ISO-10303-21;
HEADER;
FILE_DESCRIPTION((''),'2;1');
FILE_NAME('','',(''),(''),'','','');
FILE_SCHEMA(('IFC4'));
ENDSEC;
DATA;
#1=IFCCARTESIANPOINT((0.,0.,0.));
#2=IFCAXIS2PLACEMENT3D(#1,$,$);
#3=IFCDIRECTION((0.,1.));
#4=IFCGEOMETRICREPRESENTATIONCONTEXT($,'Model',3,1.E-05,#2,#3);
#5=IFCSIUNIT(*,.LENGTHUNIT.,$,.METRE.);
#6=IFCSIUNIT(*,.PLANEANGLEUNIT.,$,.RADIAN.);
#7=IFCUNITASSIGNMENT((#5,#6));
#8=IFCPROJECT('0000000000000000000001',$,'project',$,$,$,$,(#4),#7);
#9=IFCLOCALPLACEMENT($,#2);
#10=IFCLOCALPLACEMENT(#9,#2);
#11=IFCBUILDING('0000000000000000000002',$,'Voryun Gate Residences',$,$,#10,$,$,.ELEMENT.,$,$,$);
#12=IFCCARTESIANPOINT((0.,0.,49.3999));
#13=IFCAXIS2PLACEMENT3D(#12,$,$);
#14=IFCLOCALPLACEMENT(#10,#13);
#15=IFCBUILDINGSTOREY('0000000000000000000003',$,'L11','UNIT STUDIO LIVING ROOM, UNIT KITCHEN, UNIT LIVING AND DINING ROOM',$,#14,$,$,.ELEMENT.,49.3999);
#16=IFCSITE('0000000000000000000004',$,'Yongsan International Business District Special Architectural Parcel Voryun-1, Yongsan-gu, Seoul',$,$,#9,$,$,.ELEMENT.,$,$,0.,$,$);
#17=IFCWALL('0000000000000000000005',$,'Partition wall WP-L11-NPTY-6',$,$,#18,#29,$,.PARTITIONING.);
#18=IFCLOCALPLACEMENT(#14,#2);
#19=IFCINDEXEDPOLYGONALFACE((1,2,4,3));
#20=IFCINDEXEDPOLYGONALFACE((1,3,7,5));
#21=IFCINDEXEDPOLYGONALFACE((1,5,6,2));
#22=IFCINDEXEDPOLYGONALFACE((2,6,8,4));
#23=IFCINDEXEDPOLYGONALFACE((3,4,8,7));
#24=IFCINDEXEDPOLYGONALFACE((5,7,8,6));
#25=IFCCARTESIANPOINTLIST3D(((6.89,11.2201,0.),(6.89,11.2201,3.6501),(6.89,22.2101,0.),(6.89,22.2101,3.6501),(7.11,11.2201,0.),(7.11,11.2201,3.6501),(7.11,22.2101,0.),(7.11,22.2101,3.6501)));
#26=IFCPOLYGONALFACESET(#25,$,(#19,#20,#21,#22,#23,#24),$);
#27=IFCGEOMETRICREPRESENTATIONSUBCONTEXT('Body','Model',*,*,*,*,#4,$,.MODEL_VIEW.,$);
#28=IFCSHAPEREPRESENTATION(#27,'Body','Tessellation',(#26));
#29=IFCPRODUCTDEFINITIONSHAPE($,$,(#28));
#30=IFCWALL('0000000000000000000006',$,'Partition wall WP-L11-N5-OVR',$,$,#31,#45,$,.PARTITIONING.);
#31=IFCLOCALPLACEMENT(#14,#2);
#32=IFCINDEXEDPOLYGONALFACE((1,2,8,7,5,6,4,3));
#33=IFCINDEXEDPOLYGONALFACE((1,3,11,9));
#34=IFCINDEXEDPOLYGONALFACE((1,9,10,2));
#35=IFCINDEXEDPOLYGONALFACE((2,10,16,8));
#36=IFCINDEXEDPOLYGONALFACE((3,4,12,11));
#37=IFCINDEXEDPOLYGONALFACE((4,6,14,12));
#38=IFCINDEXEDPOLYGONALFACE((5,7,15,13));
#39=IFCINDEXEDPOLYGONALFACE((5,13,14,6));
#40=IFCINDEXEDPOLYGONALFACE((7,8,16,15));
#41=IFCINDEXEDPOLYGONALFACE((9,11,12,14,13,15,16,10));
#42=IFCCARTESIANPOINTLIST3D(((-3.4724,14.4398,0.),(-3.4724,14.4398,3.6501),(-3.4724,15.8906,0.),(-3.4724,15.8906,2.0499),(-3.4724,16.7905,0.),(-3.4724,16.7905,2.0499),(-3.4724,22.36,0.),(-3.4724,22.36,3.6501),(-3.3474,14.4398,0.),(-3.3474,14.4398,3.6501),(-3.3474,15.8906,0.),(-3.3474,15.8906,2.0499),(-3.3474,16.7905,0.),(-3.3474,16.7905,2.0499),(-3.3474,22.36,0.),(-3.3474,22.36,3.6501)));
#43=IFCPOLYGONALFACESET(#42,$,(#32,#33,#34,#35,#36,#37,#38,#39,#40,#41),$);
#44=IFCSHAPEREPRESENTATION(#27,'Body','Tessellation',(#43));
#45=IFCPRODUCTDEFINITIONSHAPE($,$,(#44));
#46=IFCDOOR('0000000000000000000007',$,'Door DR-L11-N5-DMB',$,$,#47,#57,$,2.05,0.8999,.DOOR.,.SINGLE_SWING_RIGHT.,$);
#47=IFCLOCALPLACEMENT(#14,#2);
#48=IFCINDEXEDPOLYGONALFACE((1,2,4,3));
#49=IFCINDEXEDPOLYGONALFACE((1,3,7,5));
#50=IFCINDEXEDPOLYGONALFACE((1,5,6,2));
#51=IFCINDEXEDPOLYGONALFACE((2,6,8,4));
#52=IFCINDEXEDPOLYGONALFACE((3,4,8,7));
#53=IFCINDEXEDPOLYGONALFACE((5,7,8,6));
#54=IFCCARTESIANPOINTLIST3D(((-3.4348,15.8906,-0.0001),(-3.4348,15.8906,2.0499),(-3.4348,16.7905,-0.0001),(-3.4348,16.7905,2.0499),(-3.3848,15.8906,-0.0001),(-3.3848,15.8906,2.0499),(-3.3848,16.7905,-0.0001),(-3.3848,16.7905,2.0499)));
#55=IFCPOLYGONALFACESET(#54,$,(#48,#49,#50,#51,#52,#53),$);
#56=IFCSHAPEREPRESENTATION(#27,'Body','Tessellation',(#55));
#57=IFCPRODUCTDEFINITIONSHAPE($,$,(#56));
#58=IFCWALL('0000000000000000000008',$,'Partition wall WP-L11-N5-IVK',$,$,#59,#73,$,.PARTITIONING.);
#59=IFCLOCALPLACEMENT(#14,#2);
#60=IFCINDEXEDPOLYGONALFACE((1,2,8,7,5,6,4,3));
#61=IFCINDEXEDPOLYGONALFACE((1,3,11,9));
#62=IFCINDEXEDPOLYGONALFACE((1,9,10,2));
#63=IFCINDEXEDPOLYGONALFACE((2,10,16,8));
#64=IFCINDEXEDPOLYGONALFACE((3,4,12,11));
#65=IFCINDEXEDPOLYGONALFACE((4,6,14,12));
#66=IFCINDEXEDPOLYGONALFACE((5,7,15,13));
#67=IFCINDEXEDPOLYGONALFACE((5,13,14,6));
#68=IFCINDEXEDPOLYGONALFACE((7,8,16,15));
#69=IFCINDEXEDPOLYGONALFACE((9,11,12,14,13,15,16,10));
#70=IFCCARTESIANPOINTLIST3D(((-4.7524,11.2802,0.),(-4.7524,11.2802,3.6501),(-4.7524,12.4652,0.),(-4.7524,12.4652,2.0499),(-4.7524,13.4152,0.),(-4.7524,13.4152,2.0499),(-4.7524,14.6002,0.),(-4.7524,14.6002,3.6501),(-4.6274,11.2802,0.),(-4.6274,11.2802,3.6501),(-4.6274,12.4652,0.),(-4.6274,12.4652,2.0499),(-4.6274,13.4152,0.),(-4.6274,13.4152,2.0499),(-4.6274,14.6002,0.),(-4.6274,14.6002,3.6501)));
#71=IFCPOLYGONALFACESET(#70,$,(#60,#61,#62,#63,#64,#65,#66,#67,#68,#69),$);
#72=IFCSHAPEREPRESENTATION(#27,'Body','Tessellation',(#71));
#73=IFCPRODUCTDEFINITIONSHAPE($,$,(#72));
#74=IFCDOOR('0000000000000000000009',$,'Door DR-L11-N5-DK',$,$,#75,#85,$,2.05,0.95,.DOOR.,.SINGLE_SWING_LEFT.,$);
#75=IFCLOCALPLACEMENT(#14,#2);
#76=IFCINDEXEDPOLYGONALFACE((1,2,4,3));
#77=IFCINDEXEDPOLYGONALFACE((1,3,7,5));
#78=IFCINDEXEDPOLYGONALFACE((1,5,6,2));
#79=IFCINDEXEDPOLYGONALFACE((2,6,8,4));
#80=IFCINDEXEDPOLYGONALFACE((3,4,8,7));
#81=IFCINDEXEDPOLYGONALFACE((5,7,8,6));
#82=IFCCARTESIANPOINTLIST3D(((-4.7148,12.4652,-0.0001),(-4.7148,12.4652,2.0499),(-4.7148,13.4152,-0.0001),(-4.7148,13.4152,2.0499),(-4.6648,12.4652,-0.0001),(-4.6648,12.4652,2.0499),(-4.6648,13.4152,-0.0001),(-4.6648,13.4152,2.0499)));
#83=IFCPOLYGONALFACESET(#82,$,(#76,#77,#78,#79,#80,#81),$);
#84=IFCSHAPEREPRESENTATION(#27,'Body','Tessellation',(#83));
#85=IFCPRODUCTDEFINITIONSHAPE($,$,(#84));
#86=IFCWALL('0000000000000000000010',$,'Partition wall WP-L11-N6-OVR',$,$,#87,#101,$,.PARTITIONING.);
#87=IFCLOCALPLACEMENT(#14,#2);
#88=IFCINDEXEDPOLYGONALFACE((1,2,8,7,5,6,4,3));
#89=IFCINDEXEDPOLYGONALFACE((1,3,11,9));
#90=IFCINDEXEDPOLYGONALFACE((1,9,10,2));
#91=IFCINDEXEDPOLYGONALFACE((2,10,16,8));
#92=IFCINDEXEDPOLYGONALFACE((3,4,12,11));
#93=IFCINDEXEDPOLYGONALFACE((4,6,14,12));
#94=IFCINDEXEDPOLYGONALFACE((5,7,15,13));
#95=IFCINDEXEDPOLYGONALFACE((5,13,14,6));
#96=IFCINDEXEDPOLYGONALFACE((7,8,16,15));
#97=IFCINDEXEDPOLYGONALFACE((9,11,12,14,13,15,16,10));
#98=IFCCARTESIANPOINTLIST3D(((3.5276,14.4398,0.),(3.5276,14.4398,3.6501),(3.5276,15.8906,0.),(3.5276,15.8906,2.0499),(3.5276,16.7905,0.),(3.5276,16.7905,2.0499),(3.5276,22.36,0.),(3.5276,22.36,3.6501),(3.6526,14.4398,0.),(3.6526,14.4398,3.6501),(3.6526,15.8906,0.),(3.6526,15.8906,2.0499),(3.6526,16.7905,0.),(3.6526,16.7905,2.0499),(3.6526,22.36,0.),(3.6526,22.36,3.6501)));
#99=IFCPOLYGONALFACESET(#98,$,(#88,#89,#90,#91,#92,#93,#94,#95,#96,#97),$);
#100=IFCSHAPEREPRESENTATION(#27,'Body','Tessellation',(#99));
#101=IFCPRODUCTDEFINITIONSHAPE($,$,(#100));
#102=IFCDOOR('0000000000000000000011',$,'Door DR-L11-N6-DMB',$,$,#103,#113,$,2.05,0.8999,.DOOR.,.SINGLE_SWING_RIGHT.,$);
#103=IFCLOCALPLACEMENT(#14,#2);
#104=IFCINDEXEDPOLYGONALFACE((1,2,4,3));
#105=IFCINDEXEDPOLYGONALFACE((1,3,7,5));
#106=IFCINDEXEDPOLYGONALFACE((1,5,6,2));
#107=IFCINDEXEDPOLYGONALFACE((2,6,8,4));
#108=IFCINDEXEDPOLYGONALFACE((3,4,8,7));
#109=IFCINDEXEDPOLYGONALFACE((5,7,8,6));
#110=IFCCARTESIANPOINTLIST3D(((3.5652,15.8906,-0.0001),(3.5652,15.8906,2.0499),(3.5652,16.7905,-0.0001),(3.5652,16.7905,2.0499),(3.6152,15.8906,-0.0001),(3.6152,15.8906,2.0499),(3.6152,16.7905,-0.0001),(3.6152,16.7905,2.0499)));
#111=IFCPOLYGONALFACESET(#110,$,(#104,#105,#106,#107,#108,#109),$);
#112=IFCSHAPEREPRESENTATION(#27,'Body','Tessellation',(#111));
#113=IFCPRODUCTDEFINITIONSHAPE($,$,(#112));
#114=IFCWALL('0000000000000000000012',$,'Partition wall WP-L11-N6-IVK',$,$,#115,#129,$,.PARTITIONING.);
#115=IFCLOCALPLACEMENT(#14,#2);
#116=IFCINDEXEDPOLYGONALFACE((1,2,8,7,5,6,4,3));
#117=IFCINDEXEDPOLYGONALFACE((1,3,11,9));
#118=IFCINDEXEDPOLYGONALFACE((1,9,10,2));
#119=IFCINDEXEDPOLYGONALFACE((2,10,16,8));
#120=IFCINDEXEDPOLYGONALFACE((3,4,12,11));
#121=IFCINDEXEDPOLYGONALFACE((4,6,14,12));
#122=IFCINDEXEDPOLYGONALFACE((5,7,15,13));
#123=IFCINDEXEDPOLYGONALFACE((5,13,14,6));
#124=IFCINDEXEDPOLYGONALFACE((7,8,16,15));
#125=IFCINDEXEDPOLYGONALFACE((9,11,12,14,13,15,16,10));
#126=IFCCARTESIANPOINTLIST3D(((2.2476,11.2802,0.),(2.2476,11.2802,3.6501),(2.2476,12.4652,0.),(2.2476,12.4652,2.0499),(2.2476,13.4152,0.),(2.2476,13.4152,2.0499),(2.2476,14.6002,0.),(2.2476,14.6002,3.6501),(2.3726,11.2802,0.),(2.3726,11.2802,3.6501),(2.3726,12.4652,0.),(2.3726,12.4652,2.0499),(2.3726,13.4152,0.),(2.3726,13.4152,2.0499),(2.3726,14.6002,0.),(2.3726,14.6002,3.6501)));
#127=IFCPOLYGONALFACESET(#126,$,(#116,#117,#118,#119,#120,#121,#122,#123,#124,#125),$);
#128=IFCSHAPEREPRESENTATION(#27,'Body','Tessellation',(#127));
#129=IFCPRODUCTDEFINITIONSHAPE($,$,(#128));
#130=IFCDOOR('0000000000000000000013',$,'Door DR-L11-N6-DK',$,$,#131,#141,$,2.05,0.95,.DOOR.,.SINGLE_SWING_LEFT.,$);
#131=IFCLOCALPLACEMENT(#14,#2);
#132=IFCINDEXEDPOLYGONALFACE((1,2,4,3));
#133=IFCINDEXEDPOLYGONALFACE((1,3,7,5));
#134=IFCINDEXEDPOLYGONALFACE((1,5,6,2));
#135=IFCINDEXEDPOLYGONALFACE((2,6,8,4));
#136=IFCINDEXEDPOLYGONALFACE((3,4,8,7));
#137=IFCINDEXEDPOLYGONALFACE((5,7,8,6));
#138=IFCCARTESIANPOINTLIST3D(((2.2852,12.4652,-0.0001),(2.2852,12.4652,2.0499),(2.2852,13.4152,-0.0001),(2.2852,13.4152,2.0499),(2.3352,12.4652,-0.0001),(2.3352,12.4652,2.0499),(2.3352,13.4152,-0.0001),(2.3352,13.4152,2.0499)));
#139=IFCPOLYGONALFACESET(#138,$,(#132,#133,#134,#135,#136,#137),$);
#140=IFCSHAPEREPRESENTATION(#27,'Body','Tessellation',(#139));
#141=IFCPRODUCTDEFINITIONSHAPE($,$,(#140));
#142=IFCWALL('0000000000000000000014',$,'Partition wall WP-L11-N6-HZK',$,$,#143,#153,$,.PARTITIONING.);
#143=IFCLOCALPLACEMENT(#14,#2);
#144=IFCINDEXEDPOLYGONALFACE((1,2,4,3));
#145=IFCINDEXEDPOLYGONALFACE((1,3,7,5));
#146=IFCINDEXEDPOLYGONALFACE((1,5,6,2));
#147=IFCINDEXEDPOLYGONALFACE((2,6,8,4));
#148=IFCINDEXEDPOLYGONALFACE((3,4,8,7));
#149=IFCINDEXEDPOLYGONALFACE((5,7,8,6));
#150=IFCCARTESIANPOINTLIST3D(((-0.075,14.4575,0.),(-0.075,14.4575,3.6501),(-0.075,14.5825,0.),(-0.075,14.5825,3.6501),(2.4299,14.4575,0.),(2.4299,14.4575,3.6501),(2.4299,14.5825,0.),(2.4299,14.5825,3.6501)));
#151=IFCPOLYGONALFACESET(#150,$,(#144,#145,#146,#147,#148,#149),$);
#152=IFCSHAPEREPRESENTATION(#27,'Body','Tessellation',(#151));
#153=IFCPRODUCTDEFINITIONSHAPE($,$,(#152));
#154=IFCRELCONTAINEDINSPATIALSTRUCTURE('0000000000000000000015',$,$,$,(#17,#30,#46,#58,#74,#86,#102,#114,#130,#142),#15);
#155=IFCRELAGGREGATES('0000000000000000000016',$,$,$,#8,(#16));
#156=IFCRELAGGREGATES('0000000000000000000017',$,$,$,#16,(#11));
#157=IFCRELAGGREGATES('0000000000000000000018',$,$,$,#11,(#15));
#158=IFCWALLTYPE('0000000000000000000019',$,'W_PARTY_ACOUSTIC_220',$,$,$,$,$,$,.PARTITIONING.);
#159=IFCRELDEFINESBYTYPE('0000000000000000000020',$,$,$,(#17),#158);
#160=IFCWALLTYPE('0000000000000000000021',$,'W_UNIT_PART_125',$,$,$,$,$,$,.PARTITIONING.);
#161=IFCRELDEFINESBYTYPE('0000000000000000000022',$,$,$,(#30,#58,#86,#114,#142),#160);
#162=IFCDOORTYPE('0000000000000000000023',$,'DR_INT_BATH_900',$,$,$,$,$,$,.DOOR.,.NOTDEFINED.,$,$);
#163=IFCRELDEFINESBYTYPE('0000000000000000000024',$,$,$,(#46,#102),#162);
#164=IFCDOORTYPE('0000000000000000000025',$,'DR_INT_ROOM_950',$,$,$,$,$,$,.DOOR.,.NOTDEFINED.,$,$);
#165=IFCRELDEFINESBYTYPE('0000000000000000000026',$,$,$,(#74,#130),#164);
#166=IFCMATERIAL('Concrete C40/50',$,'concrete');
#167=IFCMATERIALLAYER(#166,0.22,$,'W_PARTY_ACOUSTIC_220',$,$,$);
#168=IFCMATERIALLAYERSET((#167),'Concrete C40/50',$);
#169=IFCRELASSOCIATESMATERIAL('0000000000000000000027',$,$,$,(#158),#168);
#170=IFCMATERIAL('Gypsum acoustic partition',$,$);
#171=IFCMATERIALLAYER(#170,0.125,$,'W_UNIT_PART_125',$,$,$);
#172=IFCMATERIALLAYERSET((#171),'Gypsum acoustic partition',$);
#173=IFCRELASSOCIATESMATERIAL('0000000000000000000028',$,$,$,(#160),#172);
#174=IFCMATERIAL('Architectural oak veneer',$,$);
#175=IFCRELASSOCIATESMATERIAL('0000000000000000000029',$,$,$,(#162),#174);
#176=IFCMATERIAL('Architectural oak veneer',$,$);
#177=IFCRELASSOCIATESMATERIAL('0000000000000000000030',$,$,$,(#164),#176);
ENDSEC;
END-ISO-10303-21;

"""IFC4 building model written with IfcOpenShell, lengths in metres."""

from ifc_helpers import new_model, si_unit, direction, frame, frame_2d, origin, place, context, subcontext, project, spatial, rectangle, extrude, material, layer, layer_set, type_object, element, fill, save


model = new_model("IFC4")

# Units and contexts
model_context = context("Model", 3, precision=1e-05, world=origin(), true_north=direction((0.0, 1.0)))
body_context = subcontext(model_context, "Body", "Model", "MODEL_VIEW")
ifc_project = project(units=[si_unit("LENGTHUNIT", "METRE"), si_unit("PLANEANGLEUNIT", "RADIAN")], contexts=[model_context])

# Site, building, storey
site_placement = place(None, origin())
site = spatial("IfcSite", under=ifc_project, at=site_placement, Name="Yongsan International Business District Special Architectural Parcel Voryun-1, Yongsan-gu, Seoul", CompositionType="ELEMENT", RefElevation=0.0)
building_placement = place(site_placement, origin())
building = spatial("IfcBuilding", under=site, at=building_placement, Name="Voryun Gate Residences", CompositionType="ELEMENT")
storey_placement = place(building_placement, frame((0.0, 0.0, 49.3999)))
storey = spatial("IfcBuildingStorey", under=building, at=storey_placement, Name="L11", Description="UNIT STUDIO LIVING ROOM, UNIT KITCHEN, UNIT LIVING AND DINING ROOM", CompositionType="ELEMENT", Elevation=49.3999)

# Wall
ifc_material_1 = material(Name="Concrete C40/50", Category="concrete")
ifc_layer_1 = layer(ifc_material_1, 0.22, Name="W_PARTY_ACOUSTIC_220")
ifc_layer_set_1 = layer_set([ifc_layer_1], Name="Concrete C40/50")
wall_type_1 = type_object("IfcWallType", Name="W_PARTY_ACOUSTIC_220", PredefinedType="PARTITIONING", material=ifc_layer_set_1)
for number, where, z_axis, x_axis, name in (
    (1, (7.0, 11.22, 0.0), (0.0, 0.0, 1.0), (0.0, 1.0, 0.0), "Partition wall WP-L11-NPTY-6"),
):
    element("IfcWall", number, at=place(storey_placement, frame(where, z_axis=z_axis, x_axis=x_axis)), inside=storey, type_object=wall_type_1, Name=name, PredefinedType="PARTITIONING", context=body_context, shape_type="SweptSolid", body=[
        extrude(rectangle(XDim=10.99, YDim=0.22, at=frame_2d((5.4951, 0.0))), origin(), (0.0, 0.0, 1.0), 3.6501),
    ])

# Walls, openings, doors
ifc_material_2 = material(Name="Gypsum acoustic partition")
ifc_layer_2 = layer(ifc_material_2, 0.125, Name="W_UNIT_PART_125")
ifc_layer_set_2 = layer_set([ifc_layer_2], Name="Gypsum acoustic partition")
wall_type_2 = type_object("IfcWallType", Name="W_UNIT_PART_125", PredefinedType="PARTITIONING", material=ifc_layer_set_2)
wall_1_placement = place(storey_placement, frame((-3.4099, 14.4399, 0.0), z_axis=(0.0, 0.0, 1.0), x_axis=(0.0, 1.0, 0.0)))
wall_1 = element("IfcWall", 2, at=wall_1_placement, inside=storey, type_object=wall_type_2, Name="Partition wall WP-L11-N5-OVR", PredefinedType="PARTITIONING", context=body_context, shape_type="SweptSolid", body=[
    extrude(rectangle(XDim=7.9202, YDim=0.125, at=frame_2d((3.96, 0.0))), origin(), (0.0, 0.0, 1.0), 3.6501),
])
opening_1_placement = place(wall_1_placement, frame((1.4507, 0.0, 0.0)))
opening_1 = element("IfcOpeningElement", 3, at=opening_1_placement, cuts=wall_1, PredefinedType="OPENING", context=body_context, shape_type="SweptSolid", body=[
    extrude(rectangle(XDim=0.8999, YDim=2.05, at=frame_2d((0.45, 1.0249))), frame((0.0, 0.0725, 0.0), z_axis=(0.0, -1.0, 0.0), x_axis=(1.0, 0.0, 0.0)), (0.0, 0.0, 1.0), 0.145),
])
ifc_material_3 = material(Name="Architectural oak veneer")
door_type_1 = type_object("IfcDoorType", Name="DR_INT_BATH_900", OperationType="NOTDEFINED", PredefinedType="DOOR", material=ifc_material_3)
door_1_placement = place(opening_1_placement, origin())
door_1 = element("IfcDoor", 4, at=door_1_placement, inside=storey, type_object=door_type_1, Name="Door DR-L11-N5-DMB", OperationType="SINGLE_SWING_RIGHT", OverallHeight=2.05, OverallWidth=0.8999, PredefinedType="DOOR", context=body_context, shape_type="SweptSolid", body=[
    extrude(rectangle(XDim=0.8999, YDim=2.05, at=frame_2d((0.45, 1.0249))), frame((0.0, 0.0249, 0.0), z_axis=(0.0, -1.0, 0.0), x_axis=(1.0, 0.0, 0.0)), (0.0, 0.0, 1.0), 0.05),
])
fill(opening_1, door_1)
wall_2_placement = place(storey_placement, frame((-4.6899, 11.28, 0.0), z_axis=(0.0, 0.0, 1.0), x_axis=(0.0, 1.0, 0.0)))
wall_2 = element("IfcWall", 5, at=wall_2_placement, inside=storey, type_object=wall_type_2, Name="Partition wall WP-L11-N5-IVK", PredefinedType="PARTITIONING", context=body_context, shape_type="SweptSolid", body=[
    extrude(rectangle(XDim=3.3201, YDim=0.125, at=frame_2d((1.6602, 0.0))), origin(), (0.0, 0.0, 1.0), 3.6501),
])
opening_2_placement = place(wall_2_placement, frame((1.1851, 0.0, 0.0)))
opening_2 = element("IfcOpeningElement", 6, at=opening_2_placement, cuts=wall_2, PredefinedType="OPENING", context=body_context, shape_type="SweptSolid", body=[
    extrude(rectangle(XDim=0.95, YDim=2.05, at=frame_2d((0.4751, 1.0249))), frame((0.0, 0.0725, 0.0), z_axis=(0.0, -1.0, 0.0), x_axis=(1.0, 0.0, 0.0)), (0.0, 0.0, 1.0), 0.145),
])
ifc_material_4 = material(Name="Architectural oak veneer")
door_type_2 = type_object("IfcDoorType", Name="DR_INT_ROOM_950", OperationType="NOTDEFINED", PredefinedType="DOOR", material=ifc_material_4)
door_2_placement = place(opening_2_placement, origin())
door_2 = element("IfcDoor", 7, at=door_2_placement, inside=storey, type_object=door_type_2, Name="Door DR-L11-N5-DK", OperationType="SINGLE_SWING_LEFT", OverallHeight=2.05, OverallWidth=0.95, PredefinedType="DOOR", context=body_context, shape_type="SweptSolid", body=[
    extrude(rectangle(XDim=0.95, YDim=2.05, at=frame_2d((0.4751, 1.0249))), frame((0.0, 0.0249, 0.0), z_axis=(0.0, -1.0, 0.0), x_axis=(1.0, 0.0, 0.0)), (0.0, 0.0, 1.0), 0.05),
])
fill(opening_2, door_2)
wall_3_placement = place(storey_placement, frame((3.5901, 14.4399, 0.0), z_axis=(0.0, 0.0, 1.0), x_axis=(0.0, 1.0, 0.0)))
wall_3 = element("IfcWall", 8, at=wall_3_placement, inside=storey, type_object=wall_type_2, Name="Partition wall WP-L11-N6-OVR", PredefinedType="PARTITIONING", context=body_context, shape_type="SweptSolid", body=[
    extrude(rectangle(XDim=7.9202, YDim=0.125, at=frame_2d((3.96, 0.0))), origin(), (0.0, 0.0, 1.0), 3.6501),
])
opening_3_placement = place(wall_3_placement, frame((1.4507, 0.0, 0.0)))
opening_3 = element("IfcOpeningElement", 9, at=opening_3_placement, cuts=wall_3, PredefinedType="OPENING", context=body_context, shape_type="SweptSolid", body=[
    extrude(rectangle(XDim=0.8999, YDim=2.05, at=frame_2d((0.45, 1.0249))), frame((0.0, 0.0725, 0.0), z_axis=(0.0, -1.0, 0.0), x_axis=(1.0, 0.0, 0.0)), (0.0, 0.0, 1.0), 0.145),
])
door_3_placement = place(opening_3_placement, origin())
door_3 = element("IfcDoor", 10, at=door_3_placement, inside=storey, type_object=door_type_1, Name="Door DR-L11-N6-DMB", OperationType="SINGLE_SWING_RIGHT", OverallHeight=2.05, OverallWidth=0.8999, PredefinedType="DOOR", context=body_context, shape_type="SweptSolid", body=[
    extrude(rectangle(XDim=0.8999, YDim=2.05, at=frame_2d((0.45, 1.0249))), frame((0.0, 0.0249, 0.0), z_axis=(0.0, -1.0, 0.0), x_axis=(1.0, 0.0, 0.0)), (0.0, 0.0, 1.0), 0.05),
])
fill(opening_3, door_3)
wall_4_placement = place(storey_placement, frame((2.3101, 11.28, 0.0), z_axis=(0.0, 0.0, 1.0), x_axis=(0.0, 1.0, 0.0)))
wall_4 = element("IfcWall", 11, at=wall_4_placement, inside=storey, type_object=wall_type_2, Name="Partition wall WP-L11-N6-IVK", PredefinedType="PARTITIONING", context=body_context, shape_type="SweptSolid", body=[
    extrude(rectangle(XDim=3.3201, YDim=0.125, at=frame_2d((1.6602, 0.0))), origin(), (0.0, 0.0, 1.0), 3.6501),
])
opening_4_placement = place(wall_4_placement, frame((1.1851, 0.0, 0.0)))
opening_4 = element("IfcOpeningElement", 12, at=opening_4_placement, cuts=wall_4, PredefinedType="OPENING", context=body_context, shape_type="SweptSolid", body=[
    extrude(rectangle(XDim=0.95, YDim=2.05, at=frame_2d((0.4751, 1.0249))), frame((0.0, 0.0725, 0.0), z_axis=(0.0, -1.0, 0.0), x_axis=(1.0, 0.0, 0.0)), (0.0, 0.0, 1.0), 0.145),
])
door_4_placement = place(opening_4_placement, origin())
door_4 = element("IfcDoor", 13, at=door_4_placement, inside=storey, type_object=door_type_2, Name="Door DR-L11-N6-DK", OperationType="SINGLE_SWING_LEFT", OverallHeight=2.05, OverallWidth=0.95, PredefinedType="DOOR", context=body_context, shape_type="SweptSolid", body=[
    extrude(rectangle(XDim=0.95, YDim=2.05, at=frame_2d((0.4751, 1.0249))), frame((0.0, 0.0249, 0.0), z_axis=(0.0, -1.0, 0.0), x_axis=(1.0, 0.0, 0.0)), (0.0, 0.0, 1.0), 0.05),
])
fill(opening_4, door_4)

# Wall
wall_5_placement = place(storey_placement, frame((-0.075, 14.52, 0.0), z_axis=(0.0, 0.0, 1.0), x_axis=(1.0, 0.0, 0.0)))
element("IfcWall", 14, at=wall_5_placement, inside=storey, type_object=wall_type_2, Name="Partition wall WP-L11-N6-HZK", PredefinedType="PARTITIONING", context=body_context, shape_type="SweptSolid", body=[
    extrude(rectangle(XDim=2.5049, YDim=0.125, at=frame_2d((1.2524, 0.0))), origin(), (0.0, 0.0, 1.0), 3.6501),
])

save(model, "model.ifc")
